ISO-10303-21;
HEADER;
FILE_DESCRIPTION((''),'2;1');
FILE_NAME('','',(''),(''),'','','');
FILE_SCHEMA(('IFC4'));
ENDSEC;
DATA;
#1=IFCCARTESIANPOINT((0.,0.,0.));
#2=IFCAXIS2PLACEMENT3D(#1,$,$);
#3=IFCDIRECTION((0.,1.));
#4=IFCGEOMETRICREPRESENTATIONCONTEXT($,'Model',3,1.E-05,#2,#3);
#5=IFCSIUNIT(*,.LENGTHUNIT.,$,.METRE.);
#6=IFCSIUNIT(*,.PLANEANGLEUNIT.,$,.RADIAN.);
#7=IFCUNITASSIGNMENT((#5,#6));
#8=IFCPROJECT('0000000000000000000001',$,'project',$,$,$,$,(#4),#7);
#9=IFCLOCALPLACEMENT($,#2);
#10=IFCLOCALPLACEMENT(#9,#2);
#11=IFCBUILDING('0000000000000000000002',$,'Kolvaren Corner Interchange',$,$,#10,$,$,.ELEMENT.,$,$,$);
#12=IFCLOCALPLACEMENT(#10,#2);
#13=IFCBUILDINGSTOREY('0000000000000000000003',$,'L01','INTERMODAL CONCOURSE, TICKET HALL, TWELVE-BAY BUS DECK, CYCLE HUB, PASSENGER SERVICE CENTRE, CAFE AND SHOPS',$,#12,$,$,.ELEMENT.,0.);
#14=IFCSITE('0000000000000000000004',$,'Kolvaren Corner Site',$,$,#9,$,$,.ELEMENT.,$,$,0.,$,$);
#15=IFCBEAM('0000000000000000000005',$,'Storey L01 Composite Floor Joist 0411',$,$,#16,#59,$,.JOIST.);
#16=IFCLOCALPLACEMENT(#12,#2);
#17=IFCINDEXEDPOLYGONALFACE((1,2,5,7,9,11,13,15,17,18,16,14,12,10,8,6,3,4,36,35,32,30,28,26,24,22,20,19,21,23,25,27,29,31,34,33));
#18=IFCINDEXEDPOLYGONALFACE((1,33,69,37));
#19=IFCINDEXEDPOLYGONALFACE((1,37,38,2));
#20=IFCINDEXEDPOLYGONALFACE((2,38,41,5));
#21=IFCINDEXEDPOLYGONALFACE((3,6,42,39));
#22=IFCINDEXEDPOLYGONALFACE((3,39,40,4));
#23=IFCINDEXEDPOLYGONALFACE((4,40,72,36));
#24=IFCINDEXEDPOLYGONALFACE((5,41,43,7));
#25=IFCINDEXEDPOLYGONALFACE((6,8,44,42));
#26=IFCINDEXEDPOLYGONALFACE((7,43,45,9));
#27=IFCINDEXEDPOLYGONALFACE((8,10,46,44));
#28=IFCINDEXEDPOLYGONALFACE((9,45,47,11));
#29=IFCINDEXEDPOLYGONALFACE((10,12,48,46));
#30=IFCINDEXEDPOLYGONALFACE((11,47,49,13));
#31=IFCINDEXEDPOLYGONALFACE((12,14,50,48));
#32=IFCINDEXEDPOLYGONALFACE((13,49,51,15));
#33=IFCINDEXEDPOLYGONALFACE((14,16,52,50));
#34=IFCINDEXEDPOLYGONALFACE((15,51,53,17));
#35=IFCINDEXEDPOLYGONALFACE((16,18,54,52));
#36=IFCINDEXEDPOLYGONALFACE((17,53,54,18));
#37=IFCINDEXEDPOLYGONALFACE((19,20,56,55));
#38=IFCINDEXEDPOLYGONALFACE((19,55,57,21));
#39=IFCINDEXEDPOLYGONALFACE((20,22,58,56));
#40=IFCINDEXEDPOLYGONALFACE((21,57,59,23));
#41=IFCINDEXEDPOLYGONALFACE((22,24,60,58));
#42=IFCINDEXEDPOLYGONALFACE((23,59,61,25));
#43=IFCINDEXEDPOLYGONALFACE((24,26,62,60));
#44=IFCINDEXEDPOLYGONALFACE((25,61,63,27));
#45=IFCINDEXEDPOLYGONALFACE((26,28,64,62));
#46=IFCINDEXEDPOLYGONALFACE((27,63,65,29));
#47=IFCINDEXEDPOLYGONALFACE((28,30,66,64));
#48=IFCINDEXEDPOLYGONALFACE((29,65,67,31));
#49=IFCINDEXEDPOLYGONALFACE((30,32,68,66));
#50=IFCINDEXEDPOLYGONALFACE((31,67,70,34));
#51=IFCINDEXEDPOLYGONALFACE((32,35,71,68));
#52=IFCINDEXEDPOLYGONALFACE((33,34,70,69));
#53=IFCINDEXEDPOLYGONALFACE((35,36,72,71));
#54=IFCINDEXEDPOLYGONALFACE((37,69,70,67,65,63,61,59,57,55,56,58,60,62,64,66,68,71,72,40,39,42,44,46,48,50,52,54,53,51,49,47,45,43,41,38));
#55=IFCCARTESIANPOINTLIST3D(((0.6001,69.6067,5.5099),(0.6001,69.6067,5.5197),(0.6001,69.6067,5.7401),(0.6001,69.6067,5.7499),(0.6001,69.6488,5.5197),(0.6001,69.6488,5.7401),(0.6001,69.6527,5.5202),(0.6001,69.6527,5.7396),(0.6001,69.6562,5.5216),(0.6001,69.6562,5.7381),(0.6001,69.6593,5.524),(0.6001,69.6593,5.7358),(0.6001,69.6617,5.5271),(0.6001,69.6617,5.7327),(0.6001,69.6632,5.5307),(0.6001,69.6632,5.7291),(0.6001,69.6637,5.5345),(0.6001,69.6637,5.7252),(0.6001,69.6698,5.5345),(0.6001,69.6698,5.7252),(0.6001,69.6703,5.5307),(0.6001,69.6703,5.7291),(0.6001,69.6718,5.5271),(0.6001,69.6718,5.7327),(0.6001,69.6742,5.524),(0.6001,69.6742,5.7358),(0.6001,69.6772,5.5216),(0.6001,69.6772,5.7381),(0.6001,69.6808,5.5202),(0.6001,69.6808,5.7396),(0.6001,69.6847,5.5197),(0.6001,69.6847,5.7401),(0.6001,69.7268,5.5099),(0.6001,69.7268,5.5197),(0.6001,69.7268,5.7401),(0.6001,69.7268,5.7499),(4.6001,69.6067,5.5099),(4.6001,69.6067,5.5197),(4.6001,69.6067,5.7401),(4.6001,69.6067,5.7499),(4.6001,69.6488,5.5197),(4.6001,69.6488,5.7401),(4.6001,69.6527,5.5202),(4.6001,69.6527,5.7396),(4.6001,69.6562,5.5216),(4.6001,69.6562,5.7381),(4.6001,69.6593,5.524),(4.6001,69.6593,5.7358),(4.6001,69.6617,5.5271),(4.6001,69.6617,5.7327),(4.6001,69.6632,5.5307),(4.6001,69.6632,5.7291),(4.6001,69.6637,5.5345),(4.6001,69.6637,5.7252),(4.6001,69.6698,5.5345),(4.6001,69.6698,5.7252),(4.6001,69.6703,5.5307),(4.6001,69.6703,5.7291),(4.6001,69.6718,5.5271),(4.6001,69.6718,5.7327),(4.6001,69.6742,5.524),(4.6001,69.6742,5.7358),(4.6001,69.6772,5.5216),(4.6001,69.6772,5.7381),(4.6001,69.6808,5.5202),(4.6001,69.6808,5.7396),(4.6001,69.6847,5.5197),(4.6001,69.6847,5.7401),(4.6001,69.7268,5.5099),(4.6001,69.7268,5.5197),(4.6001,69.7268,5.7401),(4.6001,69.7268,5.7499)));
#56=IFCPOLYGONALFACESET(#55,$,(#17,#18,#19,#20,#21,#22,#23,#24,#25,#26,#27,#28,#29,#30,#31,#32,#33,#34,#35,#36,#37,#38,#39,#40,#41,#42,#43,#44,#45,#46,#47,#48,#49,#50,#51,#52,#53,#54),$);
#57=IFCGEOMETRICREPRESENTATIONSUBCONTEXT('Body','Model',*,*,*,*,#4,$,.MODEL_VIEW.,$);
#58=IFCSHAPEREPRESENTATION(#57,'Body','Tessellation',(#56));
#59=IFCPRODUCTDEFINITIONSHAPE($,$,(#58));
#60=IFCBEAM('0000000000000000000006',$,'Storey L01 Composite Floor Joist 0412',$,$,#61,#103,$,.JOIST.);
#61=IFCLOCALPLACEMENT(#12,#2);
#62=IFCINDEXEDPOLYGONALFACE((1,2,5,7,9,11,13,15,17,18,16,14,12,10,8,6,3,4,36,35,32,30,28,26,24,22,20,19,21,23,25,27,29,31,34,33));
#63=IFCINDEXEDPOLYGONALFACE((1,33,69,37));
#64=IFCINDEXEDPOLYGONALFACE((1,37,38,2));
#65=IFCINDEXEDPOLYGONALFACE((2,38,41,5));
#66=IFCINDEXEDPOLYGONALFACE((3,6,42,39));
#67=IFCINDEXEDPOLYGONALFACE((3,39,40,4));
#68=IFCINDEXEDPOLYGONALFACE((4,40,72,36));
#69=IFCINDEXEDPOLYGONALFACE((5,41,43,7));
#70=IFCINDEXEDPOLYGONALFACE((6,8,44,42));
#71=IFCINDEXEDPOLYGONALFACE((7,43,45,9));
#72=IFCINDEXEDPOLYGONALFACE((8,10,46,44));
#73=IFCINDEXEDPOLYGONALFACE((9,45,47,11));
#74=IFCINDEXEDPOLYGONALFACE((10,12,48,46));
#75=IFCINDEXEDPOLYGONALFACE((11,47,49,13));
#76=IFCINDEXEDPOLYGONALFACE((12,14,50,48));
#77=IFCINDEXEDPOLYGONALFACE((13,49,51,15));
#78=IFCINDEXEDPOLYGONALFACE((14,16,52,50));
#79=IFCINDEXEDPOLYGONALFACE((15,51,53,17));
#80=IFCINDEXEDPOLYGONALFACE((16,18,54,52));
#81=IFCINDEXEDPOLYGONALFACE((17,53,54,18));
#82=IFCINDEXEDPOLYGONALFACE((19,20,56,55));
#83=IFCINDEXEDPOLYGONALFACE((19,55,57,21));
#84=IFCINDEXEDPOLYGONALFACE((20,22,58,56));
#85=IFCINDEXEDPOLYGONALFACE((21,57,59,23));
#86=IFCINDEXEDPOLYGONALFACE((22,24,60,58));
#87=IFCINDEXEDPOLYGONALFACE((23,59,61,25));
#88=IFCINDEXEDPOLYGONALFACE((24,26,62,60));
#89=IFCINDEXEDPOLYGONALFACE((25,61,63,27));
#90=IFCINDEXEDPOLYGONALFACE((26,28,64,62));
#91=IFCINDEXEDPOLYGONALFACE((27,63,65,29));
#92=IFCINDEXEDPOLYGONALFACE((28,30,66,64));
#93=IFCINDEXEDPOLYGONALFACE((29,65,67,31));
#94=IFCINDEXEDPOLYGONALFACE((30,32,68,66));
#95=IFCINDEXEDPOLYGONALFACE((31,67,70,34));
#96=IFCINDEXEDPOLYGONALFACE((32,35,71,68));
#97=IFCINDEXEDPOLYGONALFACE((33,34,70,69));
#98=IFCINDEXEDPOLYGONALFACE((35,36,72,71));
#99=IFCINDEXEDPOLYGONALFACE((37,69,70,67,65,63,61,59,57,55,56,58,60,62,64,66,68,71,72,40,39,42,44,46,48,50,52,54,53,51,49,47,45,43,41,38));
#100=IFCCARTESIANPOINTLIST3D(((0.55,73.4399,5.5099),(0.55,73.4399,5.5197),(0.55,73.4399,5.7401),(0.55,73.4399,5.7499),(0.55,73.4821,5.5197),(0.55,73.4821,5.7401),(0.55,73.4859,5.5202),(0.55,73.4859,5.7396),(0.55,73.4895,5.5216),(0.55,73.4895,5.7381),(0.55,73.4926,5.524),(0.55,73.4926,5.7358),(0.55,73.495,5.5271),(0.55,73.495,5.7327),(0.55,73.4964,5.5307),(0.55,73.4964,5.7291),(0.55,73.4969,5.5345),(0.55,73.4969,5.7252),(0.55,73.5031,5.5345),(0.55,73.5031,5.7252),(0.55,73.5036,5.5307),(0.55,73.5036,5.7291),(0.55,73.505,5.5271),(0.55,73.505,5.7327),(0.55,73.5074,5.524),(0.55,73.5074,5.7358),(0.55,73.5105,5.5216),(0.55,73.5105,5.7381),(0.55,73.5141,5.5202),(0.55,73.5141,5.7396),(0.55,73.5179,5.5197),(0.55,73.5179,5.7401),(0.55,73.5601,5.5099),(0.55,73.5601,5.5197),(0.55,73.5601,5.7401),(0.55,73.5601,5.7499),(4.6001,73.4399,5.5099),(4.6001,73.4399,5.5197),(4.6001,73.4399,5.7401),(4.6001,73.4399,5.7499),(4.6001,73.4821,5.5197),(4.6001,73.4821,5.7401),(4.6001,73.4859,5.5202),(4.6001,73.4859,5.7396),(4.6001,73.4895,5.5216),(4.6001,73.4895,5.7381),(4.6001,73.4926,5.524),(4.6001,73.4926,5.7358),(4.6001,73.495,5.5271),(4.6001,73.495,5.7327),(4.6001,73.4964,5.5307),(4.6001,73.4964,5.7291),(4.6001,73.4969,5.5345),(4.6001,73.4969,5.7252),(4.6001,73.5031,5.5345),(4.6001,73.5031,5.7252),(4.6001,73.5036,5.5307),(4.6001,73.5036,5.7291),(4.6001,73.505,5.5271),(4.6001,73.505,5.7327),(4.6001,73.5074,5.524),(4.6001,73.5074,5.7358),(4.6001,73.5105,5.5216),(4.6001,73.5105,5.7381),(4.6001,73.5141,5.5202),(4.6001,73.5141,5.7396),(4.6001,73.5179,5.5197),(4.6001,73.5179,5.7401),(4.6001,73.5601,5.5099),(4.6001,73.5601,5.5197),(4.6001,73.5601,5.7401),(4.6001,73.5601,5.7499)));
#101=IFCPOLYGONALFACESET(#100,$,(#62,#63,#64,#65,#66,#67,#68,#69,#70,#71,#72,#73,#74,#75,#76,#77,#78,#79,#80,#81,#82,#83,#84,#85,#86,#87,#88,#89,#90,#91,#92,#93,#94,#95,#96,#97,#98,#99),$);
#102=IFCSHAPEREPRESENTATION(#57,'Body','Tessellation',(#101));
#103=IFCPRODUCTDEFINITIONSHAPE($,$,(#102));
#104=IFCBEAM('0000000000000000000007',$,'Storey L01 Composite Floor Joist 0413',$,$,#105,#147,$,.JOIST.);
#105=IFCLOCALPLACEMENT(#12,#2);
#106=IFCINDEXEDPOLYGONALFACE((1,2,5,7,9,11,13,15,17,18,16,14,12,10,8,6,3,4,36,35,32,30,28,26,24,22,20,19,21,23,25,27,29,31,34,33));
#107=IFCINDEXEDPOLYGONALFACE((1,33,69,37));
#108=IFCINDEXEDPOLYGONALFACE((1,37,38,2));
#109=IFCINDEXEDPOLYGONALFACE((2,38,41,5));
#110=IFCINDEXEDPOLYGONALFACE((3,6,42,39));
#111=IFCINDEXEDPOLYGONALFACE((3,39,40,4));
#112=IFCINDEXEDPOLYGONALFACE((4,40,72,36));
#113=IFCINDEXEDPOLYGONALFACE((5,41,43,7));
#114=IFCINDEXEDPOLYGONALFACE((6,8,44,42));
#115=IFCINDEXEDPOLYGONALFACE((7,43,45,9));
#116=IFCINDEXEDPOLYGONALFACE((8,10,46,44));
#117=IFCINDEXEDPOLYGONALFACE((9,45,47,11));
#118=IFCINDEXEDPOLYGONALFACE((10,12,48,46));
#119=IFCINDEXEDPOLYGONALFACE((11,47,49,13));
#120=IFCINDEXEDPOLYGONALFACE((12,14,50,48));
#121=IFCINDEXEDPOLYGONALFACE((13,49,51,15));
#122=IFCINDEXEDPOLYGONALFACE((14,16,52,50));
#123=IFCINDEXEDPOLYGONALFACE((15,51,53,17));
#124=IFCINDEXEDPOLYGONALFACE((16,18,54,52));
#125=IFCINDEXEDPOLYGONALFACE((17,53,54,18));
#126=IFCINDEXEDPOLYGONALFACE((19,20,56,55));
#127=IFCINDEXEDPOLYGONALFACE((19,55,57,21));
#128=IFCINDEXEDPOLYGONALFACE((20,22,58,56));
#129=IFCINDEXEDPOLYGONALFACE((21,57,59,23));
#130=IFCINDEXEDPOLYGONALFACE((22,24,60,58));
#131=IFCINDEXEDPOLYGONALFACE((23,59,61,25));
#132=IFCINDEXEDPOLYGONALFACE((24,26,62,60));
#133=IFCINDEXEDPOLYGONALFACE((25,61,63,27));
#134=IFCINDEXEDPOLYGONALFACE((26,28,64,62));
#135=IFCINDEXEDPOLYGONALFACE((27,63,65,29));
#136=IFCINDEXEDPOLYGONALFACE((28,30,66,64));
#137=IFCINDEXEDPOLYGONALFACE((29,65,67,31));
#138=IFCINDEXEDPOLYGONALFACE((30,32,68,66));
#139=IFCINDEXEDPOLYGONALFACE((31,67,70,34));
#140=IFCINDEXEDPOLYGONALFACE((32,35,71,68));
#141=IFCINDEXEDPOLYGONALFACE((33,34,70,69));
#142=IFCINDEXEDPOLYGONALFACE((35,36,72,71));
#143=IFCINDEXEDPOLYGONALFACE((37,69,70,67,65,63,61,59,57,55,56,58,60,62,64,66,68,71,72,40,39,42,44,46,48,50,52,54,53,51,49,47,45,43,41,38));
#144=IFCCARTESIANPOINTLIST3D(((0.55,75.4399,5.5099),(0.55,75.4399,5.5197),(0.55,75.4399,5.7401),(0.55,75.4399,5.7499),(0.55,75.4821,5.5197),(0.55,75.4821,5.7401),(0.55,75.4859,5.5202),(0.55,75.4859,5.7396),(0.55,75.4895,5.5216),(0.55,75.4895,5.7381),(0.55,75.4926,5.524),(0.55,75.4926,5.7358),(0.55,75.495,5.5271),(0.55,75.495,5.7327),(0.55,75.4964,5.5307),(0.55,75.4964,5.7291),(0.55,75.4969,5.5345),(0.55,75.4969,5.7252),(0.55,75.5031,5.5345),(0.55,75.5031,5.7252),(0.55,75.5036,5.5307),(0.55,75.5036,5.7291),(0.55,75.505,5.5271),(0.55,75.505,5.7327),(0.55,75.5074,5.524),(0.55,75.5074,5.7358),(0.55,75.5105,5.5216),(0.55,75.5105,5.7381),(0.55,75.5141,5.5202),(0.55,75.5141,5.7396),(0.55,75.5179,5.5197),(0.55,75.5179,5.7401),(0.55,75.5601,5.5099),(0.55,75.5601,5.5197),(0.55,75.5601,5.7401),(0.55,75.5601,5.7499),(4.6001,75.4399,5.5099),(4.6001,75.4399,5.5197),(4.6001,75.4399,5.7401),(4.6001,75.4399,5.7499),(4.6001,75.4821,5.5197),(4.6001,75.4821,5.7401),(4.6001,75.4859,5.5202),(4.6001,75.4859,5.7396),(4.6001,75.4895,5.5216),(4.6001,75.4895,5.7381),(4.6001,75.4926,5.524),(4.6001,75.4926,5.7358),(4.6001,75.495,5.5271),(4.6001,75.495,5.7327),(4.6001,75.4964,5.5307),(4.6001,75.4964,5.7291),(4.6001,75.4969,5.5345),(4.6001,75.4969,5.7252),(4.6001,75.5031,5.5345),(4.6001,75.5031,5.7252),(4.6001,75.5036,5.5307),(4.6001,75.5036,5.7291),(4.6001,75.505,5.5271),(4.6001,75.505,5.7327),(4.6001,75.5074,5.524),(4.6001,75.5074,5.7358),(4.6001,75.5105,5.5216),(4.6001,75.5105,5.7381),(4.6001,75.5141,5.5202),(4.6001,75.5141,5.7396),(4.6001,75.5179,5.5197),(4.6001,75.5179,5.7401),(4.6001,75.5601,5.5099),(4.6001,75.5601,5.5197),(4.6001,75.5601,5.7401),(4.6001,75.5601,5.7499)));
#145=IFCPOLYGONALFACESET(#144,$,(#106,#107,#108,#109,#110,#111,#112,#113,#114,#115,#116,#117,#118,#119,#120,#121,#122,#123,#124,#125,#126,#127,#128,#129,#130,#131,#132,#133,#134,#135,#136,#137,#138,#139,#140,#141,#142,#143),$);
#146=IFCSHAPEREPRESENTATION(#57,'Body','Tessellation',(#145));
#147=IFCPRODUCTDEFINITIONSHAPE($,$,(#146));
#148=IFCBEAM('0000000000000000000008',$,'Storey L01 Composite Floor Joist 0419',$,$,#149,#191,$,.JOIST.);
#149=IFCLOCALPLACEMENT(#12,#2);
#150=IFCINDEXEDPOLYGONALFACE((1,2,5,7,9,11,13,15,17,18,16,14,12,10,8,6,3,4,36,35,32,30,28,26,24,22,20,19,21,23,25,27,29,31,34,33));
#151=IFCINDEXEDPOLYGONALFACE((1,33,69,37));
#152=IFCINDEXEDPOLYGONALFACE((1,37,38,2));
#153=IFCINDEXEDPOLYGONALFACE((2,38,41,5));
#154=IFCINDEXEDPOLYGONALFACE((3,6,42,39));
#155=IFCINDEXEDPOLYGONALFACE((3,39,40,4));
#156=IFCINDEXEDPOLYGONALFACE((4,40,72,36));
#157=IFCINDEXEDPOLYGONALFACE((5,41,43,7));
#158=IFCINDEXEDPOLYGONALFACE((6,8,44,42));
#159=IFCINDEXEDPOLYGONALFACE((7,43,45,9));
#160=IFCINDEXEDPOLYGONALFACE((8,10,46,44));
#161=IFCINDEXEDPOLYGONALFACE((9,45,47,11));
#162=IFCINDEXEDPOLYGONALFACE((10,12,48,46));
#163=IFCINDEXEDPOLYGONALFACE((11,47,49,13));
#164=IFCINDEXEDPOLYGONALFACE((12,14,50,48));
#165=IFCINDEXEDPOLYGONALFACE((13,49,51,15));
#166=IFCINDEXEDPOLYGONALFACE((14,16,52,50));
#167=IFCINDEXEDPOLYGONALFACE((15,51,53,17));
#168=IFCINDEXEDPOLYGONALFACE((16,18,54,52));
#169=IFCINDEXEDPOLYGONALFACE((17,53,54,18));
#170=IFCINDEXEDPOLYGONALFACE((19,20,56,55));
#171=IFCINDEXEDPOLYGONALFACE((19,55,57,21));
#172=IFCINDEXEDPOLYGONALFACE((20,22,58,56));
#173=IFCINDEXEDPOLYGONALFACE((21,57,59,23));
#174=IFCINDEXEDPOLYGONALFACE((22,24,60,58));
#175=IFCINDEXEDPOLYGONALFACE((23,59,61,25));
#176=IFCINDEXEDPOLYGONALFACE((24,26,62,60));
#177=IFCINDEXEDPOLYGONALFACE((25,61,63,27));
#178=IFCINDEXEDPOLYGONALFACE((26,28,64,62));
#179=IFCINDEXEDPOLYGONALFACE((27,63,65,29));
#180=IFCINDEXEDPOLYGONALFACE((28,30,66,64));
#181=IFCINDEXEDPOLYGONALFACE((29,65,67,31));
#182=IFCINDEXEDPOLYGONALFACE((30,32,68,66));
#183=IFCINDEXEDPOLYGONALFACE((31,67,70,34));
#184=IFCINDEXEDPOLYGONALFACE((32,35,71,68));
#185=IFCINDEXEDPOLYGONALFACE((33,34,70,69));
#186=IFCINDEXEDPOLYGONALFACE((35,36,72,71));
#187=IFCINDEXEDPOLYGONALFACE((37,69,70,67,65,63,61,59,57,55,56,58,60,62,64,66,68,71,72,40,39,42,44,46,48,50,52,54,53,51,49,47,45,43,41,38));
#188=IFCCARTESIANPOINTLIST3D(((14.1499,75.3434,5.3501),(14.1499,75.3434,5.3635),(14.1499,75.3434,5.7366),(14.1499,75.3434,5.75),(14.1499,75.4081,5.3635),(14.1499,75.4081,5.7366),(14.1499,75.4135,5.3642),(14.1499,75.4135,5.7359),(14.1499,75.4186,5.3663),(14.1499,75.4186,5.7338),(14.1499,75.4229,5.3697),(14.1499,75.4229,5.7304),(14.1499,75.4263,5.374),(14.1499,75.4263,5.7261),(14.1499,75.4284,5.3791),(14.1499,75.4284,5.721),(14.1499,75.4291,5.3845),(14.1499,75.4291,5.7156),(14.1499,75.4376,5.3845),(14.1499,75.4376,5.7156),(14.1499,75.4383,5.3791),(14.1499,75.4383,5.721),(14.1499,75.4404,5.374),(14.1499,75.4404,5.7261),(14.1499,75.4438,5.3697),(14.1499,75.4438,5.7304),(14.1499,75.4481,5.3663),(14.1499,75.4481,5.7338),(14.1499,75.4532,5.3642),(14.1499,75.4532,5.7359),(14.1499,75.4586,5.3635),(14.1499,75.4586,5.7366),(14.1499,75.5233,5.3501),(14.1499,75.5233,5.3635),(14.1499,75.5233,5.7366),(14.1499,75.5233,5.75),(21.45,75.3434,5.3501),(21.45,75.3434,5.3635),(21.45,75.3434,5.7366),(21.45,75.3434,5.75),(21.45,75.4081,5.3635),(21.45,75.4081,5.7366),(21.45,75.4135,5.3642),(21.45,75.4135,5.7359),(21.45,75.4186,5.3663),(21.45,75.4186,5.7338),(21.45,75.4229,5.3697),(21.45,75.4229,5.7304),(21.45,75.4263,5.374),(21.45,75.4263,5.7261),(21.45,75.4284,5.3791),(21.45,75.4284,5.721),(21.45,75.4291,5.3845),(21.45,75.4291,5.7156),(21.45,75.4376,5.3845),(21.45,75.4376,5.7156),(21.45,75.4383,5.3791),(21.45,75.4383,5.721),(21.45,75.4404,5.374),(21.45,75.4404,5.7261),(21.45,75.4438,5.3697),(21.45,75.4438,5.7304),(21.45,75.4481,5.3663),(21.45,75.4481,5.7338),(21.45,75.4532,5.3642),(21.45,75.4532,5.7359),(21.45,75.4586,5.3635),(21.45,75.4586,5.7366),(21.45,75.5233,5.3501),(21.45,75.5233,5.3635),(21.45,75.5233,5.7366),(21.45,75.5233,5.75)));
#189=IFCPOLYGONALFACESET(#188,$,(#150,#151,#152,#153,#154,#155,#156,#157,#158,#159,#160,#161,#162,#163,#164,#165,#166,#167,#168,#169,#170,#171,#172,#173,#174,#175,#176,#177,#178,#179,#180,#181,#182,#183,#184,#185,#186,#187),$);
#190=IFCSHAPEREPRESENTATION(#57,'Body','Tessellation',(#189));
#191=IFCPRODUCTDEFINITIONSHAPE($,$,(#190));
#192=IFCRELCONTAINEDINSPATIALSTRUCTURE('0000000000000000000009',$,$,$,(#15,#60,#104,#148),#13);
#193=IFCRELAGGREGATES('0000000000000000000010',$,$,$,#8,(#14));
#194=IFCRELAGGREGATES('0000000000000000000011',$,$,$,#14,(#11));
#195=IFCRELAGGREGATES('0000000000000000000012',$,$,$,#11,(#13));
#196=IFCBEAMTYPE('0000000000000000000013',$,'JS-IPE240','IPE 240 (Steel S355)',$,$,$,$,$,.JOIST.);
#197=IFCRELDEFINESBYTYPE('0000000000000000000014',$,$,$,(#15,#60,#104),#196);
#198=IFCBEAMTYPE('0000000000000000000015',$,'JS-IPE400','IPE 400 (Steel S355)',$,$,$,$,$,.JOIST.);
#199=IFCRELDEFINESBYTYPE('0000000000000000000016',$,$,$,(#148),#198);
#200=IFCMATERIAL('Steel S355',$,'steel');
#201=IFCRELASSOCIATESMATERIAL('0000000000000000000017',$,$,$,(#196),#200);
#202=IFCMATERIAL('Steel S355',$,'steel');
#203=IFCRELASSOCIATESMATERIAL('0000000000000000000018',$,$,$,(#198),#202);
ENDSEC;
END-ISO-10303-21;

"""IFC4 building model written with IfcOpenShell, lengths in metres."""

from ifc_helpers import new_model, si_unit, direction, frame, origin, origin_2d, place, context, subcontext, project, spatial, i_section, extrude, material, material_profile, profile_set, type_object, element, save


model = new_model("IFC4")

# Units and contexts
model_context = context("Model", 3, precision=1e-05, world=origin(), true_north=direction((0.0, 1.0)))
body_context = subcontext(model_context, "Body", "Model", "MODEL_VIEW")
ifc_project = project(units=[si_unit("LENGTHUNIT", "METRE"), si_unit("PLANEANGLEUNIT", "RADIAN")], contexts=[model_context])

# Site, building, storey
site_placement = place(None, origin())
site = spatial("IfcSite", under=ifc_project, at=site_placement, Name="Kolvaren Corner Site", CompositionType="ELEMENT", RefElevation=0.0)
building_placement = place(site_placement, origin())
building = spatial("IfcBuilding", under=site, at=building_placement, Name="Kolvaren Corner Interchange", CompositionType="ELEMENT")
storey_placement = place(building_placement, origin())
storey = spatial("IfcBuildingStorey", under=building, at=storey_placement, Name="L01", Description="INTERMODAL CONCOURSE, TICKET HALL, TWELVE-BAY BUS DECK, CYCLE HUB, PASSENGER SERVICE CENTRE, CAFE AND SHOPS", CompositionType="ELEMENT", Elevation=0.0)

# Beams
ifc_material_1 = material(Name="Steel S355", Category="steel")
ifc_material_profile_1 = material_profile(ifc_material_1, i_section(OverallWidth=0.1201, OverallDepth=0.24, WebThickness=0.0061, FlangeThickness=0.0098, FilletRadius=0.0149, at=origin_2d()), Name="IPE 240")
ifc_profile_set_1 = profile_set([ifc_material_profile_1], Name="Steel S355")
beam_type_1 = type_object("IfcBeamType", Name="JS-IPE240", Description="IPE 240 (Steel S355)", PredefinedType="JOIST", material=ifc_profile_set_1)
for number, where, z_axis, x_axis, name in (
    (1, (0.6001, 69.6667, 5.6299), (1.0, 0.0, 0.0), (0.0, 1.0, 0.0), "Storey L01 Composite Floor Joist 0411"),
):
    element("IfcBeam", number, at=place(storey_placement, frame(where, z_axis=z_axis, x_axis=x_axis)), inside=storey, type_object=beam_type_1, Name=name, PredefinedType="JOIST", context=body_context, shape_type="SweptSolid", body=[
        extrude(i_section(OverallWidth=0.1201, OverallDepth=0.24, WebThickness=0.0061, FlangeThickness=0.0098, FilletRadius=0.0149, at=origin_2d()), origin(), (0.0, 0.0, 1.0), 4.0),
    ])
for number, where, z_axis, x_axis, name in (
    (2, (0.55, 73.5, 5.6299), (1.0, 0.0, 0.0), (0.0, 1.0, 0.0), "Storey L01 Composite Floor Joist 0412"),
    (3, (0.55, 75.5, 5.6299), (1.0, 0.0, 0.0), (0.0, 1.0, 0.0), "Storey L01 Composite Floor Joist 0413"),
):
    element("IfcBeam", number, at=place(storey_placement, frame(where, z_axis=z_axis, x_axis=x_axis)), inside=storey, type_object=beam_type_1, Name=name, PredefinedType="JOIST", context=body_context, shape_type="SweptSolid", body=[
        extrude(i_section(OverallWidth=0.1201, OverallDepth=0.24, WebThickness=0.0061, FlangeThickness=0.0098, FilletRadius=0.0149, at=origin_2d()), origin(), (0.0, 0.0, 1.0), 4.05),
    ])
ifc_material_2 = material(Name="Steel S355", Category="steel")
ifc_material_profile_2 = material_profile(ifc_material_2, i_section(OverallWidth=0.1799, OverallDepth=0.3999, WebThickness=0.0085, FlangeThickness=0.0134, FilletRadius=0.021, at=origin_2d()), Name="IPE 400")
ifc_profile_set_2 = profile_set([ifc_material_profile_2], Name="Steel S355")
beam_type_2 = type_object("IfcBeamType", Name="JS-IPE400", Description="IPE 400 (Steel S355)", PredefinedType="JOIST", material=ifc_profile_set_2)
beam_1_placement = place(storey_placement, frame((14.1499, 75.4333, 5.55), z_axis=(1.0, 0.0, 0.0), x_axis=(0.0, 1.0, 0.0)))
element("IfcBeam", 4, at=beam_1_placement, inside=storey, type_object=beam_type_2, Name="Storey L01 Composite Floor Joist 0419", PredefinedType="JOIST", context=body_context, shape_type="SweptSolid", body=[
    extrude(i_section(OverallWidth=0.1799, OverallDepth=0.3999, WebThickness=0.0085, FlangeThickness=0.0134, FilletRadius=0.021, at=origin_2d()), origin(), (0.0, 0.0, 1.0), 7.3),
])

save(model, "model.ifc")
